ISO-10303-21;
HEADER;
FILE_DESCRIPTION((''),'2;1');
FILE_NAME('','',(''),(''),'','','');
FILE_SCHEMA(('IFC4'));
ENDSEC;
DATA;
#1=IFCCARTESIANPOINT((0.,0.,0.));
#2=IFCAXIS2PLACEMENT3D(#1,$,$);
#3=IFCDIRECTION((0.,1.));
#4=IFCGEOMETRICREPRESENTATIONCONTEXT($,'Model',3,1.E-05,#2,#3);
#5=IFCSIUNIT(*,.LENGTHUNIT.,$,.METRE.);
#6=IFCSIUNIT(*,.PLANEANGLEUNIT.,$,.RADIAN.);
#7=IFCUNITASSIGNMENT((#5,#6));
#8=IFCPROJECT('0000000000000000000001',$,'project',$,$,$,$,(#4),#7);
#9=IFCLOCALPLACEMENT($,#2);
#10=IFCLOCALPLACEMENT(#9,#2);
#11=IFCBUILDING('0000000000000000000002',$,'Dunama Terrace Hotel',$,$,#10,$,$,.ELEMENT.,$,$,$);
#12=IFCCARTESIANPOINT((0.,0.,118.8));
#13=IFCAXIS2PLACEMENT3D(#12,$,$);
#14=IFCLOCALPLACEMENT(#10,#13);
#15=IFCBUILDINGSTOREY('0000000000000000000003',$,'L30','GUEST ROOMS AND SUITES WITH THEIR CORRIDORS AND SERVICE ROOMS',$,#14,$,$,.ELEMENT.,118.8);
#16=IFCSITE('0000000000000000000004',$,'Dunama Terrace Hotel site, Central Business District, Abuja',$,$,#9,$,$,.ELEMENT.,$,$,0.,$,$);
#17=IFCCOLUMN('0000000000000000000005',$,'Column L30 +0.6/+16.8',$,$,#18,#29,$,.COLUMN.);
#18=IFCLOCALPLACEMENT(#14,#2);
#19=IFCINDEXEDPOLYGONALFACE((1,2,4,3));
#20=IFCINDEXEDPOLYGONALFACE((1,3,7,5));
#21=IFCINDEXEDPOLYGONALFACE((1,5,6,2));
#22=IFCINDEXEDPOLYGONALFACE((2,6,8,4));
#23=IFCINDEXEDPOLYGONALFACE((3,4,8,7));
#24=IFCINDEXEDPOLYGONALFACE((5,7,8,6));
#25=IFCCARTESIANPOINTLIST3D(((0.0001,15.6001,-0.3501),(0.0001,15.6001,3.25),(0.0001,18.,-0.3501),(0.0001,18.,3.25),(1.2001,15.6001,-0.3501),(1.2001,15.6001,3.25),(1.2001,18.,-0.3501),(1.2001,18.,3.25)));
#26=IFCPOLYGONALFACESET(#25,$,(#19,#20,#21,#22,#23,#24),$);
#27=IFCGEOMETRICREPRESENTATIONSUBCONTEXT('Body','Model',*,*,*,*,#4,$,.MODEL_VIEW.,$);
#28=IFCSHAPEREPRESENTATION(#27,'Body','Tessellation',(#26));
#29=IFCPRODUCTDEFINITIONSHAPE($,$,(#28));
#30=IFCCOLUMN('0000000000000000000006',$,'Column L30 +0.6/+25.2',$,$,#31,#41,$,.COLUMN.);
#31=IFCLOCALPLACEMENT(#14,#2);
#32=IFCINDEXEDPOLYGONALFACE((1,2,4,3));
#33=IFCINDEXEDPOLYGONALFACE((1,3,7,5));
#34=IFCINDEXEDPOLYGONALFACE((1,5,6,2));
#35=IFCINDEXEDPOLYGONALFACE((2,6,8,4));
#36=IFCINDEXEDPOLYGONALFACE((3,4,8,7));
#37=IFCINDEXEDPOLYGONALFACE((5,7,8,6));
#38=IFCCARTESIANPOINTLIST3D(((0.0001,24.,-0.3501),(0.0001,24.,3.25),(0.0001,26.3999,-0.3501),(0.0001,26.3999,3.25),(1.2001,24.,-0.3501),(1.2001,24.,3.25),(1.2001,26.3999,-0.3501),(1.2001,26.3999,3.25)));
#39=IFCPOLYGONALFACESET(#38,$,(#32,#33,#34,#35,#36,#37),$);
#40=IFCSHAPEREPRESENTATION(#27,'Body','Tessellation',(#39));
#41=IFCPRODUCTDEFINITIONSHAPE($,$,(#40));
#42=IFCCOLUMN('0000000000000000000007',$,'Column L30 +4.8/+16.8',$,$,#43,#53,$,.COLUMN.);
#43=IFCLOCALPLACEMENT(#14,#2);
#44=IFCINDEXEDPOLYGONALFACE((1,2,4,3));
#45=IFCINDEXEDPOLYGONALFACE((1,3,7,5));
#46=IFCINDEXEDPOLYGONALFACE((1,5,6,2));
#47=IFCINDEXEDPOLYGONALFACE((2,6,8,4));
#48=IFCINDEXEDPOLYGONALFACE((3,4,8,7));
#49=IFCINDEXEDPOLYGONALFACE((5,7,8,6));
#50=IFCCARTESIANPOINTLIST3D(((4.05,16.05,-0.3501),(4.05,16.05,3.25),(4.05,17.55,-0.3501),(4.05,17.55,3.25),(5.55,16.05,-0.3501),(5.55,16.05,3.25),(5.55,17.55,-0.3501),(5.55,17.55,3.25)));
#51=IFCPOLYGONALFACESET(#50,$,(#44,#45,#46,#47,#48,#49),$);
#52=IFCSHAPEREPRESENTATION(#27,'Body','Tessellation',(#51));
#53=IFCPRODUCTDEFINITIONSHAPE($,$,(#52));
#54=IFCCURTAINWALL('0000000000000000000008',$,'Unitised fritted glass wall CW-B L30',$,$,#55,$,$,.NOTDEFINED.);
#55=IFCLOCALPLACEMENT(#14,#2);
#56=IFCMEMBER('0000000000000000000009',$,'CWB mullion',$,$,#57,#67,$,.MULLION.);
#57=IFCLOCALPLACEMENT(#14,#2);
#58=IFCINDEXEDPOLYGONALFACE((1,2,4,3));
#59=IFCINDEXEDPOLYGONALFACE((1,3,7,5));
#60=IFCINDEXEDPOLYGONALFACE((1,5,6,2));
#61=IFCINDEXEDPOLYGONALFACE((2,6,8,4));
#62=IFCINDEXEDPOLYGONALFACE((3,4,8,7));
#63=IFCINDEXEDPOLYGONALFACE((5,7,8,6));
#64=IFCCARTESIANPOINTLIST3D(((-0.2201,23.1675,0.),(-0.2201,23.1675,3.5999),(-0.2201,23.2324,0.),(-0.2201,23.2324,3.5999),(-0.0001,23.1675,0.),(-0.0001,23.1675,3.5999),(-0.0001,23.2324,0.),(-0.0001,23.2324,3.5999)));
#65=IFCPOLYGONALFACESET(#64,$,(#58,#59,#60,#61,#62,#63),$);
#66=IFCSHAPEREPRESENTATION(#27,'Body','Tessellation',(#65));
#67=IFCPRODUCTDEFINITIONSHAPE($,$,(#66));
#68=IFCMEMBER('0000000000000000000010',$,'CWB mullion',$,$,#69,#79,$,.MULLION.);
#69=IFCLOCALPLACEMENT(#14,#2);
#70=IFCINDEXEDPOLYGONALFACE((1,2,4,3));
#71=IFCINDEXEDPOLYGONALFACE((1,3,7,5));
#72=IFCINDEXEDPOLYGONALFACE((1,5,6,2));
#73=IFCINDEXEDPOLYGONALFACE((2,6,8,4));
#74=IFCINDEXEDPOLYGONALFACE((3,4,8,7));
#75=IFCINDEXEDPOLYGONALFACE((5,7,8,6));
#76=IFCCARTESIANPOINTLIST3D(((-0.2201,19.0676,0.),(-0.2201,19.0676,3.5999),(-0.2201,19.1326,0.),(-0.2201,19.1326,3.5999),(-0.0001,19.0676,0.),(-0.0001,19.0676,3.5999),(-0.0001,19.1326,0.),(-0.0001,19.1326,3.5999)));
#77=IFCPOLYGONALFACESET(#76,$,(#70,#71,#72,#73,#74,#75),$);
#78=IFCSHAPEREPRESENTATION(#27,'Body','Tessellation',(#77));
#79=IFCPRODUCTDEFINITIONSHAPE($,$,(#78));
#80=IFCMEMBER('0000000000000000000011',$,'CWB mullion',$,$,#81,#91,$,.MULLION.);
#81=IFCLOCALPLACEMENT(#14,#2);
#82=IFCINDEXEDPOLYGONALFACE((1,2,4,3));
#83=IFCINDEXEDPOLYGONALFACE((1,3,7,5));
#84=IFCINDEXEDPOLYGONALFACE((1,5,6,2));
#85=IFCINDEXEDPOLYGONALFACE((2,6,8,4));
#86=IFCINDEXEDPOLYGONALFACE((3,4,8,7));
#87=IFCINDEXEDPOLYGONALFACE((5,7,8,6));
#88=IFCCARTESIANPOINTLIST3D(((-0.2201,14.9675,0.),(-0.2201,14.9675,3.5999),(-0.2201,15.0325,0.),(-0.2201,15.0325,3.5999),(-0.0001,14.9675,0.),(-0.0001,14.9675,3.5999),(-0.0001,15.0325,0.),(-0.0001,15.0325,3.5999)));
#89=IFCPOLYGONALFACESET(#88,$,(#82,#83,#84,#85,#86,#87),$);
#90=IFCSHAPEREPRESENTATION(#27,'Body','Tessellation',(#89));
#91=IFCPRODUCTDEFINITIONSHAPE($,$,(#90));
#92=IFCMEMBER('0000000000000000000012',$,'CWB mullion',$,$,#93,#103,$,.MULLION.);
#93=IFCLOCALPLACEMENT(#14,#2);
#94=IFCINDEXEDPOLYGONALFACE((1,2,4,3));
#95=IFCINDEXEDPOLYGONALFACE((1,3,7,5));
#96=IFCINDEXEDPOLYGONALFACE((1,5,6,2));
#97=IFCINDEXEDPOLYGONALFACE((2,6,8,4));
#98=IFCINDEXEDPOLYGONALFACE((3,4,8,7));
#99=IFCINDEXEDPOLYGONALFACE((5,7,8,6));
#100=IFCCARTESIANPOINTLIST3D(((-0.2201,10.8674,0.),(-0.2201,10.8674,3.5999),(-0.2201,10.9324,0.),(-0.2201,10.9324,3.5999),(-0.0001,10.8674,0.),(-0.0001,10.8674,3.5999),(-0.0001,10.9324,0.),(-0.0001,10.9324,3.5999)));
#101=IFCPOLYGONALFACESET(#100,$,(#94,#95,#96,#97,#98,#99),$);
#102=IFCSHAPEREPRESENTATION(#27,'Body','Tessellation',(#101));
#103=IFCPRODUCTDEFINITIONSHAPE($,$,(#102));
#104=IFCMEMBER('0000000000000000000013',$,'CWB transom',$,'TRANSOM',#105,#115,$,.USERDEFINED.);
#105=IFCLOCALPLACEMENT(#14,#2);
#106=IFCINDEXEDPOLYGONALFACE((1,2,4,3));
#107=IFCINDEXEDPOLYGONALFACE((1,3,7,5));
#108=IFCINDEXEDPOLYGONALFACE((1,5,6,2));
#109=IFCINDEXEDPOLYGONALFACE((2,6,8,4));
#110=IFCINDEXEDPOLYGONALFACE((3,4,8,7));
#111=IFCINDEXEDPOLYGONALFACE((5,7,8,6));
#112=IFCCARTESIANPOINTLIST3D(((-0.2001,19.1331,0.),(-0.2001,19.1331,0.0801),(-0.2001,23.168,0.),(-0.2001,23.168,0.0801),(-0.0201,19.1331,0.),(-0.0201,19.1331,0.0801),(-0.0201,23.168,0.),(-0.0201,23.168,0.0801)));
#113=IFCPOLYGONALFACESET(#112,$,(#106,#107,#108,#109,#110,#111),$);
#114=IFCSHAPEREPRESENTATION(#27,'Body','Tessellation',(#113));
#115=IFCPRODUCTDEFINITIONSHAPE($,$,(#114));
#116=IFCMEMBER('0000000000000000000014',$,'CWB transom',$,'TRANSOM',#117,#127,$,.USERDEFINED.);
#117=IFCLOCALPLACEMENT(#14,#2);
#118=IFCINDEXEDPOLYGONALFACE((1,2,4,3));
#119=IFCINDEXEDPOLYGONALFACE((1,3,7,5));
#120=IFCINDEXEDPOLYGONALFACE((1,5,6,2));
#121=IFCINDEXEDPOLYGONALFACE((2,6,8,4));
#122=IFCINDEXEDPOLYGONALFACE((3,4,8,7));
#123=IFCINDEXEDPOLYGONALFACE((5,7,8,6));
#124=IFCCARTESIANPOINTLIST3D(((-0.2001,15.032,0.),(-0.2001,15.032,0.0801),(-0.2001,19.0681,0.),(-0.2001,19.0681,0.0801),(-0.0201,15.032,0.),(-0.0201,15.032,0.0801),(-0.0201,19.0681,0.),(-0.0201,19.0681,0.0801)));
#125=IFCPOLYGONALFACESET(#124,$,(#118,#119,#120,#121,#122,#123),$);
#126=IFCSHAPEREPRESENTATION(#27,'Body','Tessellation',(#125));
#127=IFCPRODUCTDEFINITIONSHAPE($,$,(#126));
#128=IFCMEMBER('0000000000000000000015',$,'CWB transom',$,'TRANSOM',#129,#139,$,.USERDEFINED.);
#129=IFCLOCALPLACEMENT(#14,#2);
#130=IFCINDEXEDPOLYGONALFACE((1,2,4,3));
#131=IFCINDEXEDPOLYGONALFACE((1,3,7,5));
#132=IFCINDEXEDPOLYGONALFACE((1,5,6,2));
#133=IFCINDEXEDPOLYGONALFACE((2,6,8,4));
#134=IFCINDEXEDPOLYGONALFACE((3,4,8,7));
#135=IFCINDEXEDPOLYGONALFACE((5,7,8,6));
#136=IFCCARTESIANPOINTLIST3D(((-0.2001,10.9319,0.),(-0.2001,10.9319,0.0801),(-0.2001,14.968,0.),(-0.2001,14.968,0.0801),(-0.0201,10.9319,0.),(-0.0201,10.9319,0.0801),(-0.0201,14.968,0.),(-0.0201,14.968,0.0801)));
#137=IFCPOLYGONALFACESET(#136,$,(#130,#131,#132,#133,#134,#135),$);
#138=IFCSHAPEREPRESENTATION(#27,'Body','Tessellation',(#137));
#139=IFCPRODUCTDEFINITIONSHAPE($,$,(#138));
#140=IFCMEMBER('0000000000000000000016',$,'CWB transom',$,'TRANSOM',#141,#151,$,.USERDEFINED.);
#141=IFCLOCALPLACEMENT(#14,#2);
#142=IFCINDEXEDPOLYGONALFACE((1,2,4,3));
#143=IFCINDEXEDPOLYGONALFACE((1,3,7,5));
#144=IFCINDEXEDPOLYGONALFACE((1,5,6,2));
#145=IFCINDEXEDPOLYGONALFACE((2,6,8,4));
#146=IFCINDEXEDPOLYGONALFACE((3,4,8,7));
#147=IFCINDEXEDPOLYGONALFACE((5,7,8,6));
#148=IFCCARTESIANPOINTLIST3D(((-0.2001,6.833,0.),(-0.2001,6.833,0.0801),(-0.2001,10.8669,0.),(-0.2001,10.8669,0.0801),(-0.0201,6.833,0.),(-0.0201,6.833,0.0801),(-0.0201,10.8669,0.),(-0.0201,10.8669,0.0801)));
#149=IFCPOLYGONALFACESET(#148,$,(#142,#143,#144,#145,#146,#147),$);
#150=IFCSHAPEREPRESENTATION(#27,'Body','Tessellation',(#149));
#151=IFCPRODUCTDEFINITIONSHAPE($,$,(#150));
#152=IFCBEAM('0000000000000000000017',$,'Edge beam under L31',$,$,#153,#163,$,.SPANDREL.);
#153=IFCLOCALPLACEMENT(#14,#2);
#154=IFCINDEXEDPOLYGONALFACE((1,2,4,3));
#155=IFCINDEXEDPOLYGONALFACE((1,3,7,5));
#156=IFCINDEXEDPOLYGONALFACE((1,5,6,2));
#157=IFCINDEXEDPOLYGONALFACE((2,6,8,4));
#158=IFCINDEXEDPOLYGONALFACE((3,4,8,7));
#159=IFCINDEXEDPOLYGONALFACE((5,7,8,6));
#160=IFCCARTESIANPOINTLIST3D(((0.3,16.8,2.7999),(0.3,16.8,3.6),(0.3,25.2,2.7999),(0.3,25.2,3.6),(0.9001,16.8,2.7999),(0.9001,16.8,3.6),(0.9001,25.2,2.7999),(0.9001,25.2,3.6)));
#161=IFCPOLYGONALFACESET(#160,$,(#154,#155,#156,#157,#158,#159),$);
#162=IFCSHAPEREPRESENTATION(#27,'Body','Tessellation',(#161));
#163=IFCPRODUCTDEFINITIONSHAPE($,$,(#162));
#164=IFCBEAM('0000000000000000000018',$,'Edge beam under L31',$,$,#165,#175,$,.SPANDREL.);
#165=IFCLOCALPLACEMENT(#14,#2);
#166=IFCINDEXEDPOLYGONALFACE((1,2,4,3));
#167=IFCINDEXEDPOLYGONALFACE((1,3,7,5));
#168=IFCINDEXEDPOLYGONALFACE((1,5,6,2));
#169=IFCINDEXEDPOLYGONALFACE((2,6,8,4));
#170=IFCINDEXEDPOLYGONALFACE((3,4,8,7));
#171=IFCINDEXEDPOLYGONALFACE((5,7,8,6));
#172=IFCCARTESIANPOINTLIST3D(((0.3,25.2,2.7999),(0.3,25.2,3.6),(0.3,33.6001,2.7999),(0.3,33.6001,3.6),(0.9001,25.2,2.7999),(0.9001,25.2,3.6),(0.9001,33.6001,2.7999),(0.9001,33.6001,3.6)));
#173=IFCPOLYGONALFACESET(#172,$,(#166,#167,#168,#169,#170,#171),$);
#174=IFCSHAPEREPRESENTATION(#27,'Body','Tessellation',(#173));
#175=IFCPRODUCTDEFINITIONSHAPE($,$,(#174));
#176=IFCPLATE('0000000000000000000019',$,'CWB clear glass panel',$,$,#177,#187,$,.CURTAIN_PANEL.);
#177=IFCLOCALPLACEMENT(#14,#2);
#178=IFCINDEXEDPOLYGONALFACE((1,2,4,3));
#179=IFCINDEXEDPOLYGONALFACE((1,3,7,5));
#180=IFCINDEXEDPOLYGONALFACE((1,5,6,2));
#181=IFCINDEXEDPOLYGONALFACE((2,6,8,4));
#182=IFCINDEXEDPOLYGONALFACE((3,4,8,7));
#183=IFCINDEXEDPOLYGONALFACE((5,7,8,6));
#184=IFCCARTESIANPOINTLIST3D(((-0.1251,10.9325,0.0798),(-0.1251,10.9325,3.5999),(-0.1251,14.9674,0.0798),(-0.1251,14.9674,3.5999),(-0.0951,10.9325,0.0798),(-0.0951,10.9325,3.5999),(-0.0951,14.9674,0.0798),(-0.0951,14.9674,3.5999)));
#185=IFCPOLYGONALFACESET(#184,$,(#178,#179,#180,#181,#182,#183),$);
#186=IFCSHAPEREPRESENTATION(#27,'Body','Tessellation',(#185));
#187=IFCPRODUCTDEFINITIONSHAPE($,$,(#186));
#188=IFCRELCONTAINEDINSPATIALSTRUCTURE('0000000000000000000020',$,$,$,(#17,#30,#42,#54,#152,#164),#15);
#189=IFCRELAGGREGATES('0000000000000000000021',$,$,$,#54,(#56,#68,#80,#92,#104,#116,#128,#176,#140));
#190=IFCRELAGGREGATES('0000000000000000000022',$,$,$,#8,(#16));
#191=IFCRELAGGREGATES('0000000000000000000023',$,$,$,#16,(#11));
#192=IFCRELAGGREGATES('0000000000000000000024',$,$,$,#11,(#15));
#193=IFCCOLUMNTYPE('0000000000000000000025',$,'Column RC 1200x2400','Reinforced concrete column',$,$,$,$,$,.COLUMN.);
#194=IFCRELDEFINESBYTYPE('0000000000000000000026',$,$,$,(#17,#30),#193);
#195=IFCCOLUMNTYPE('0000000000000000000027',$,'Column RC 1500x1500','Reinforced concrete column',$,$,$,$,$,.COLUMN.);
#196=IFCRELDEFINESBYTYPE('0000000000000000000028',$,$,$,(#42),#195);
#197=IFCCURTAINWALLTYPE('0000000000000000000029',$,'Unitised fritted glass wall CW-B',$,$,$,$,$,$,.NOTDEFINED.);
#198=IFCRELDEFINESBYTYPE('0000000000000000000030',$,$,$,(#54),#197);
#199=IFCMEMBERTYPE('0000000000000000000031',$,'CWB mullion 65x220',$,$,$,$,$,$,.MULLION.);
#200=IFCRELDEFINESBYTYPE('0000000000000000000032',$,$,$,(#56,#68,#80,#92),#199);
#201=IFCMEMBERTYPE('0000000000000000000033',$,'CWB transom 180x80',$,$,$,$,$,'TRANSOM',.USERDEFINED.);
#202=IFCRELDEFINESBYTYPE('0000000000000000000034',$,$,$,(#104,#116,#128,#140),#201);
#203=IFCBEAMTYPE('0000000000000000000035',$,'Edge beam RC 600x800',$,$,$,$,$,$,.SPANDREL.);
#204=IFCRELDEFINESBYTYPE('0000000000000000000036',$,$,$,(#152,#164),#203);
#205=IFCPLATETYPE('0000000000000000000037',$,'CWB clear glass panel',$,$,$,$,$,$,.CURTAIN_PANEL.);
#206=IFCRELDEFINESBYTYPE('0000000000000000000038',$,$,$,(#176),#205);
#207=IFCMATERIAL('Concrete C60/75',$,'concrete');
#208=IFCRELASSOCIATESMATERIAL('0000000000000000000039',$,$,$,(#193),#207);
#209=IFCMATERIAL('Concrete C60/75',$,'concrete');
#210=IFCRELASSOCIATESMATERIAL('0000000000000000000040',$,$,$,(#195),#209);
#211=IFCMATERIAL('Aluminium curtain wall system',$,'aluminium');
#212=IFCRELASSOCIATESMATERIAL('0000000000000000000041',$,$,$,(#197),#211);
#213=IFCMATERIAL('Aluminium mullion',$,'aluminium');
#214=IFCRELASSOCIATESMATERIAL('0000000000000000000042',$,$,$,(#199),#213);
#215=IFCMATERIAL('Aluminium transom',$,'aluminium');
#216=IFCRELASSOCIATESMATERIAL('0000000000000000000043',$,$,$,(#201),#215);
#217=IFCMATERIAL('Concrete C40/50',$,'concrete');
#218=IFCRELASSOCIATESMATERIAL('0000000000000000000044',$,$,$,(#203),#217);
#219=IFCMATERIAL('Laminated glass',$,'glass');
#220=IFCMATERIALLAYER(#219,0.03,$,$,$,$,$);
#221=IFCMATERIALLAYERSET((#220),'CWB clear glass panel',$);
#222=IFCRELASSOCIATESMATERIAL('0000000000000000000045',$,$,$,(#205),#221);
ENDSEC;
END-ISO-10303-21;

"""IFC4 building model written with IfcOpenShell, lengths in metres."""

from ifc_helpers import new_model, si_unit, direction, frame, origin, origin_2d, place, context, subcontext, project, spatial, rectangle, extrude, material, layer, layer_set, material_profile, profile_set, type_object, element, aggregate, save


model = new_model("IFC4")

# Units and contexts
model_context = context("Model", 3, precision=1e-05, world=origin(), true_north=direction((0.0, 1.0)))
body_context = subcontext(model_context, "Body", "Model", "MODEL_VIEW")
ifc_project = project(units=[si_unit("LENGTHUNIT", "METRE"), si_unit("PLANEANGLEUNIT", "RADIAN")], contexts=[model_context])

# Site, building, storey
site_placement = place(None, origin())
site = spatial("IfcSite", under=ifc_project, at=site_placement, Name="Dunama Terrace Hotel site, Central Business District, Abuja", CompositionType="ELEMENT", RefElevation=0.0)
building_placement = place(site_placement, origin())
building = spatial("IfcBuilding", under=site, at=building_placement, Name="Dunama Terrace Hotel", CompositionType="ELEMENT")
storey_placement = place(building_placement, frame((0.0, 0.0, 118.8)))
storey = spatial("IfcBuildingStorey", under=building, at=storey_placement, Name="L30", Description="GUEST ROOMS AND SUITES WITH THEIR CORRIDORS AND SERVICE ROOMS", CompositionType="ELEMENT", Elevation=118.8)

# Columns
ifc_material_1 = material(Name="Concrete C60/75", Category="concrete")
ifc_material_profile_1 = material_profile(ifc_material_1, rectangle(XDim=1.2, YDim=2.3999, at=origin_2d()), Name="RC 1200x2400")
ifc_profile_set_1 = profile_set([ifc_material_profile_1], Name="Concrete C60/75")
column_type_1 = type_object("IfcColumnType", Name="Column RC 1200x2400", Description="Reinforced concrete column", PredefinedType="COLUMN", material=ifc_profile_set_1)
for number, where, z_axis, x_axis, name in (
    (1, (0.6001, 16.8, -0.3501), (0.0, 0.0, 1.0), (1.0, 0.0, 0.0), "Column L30 +0.6/+16.8"),
    (2, (0.6001, 25.2, -0.3501), (0.0, 0.0, 1.0), (1.0, 0.0, 0.0), "Column L30 +0.6/+25.2"),
):
    element("IfcColumn", number, at=place(storey_placement, frame(where, z_axis=z_axis, x_axis=x_axis)), inside=storey, type_object=column_type_1, Name=name, PredefinedType="COLUMN", context=body_context, shape_type="SweptSolid", body=[
        extrude(rectangle(XDim=1.2, YDim=2.3999, at=origin_2d()), origin(), (0.0, 0.0, 1.0), 3.6001),
    ])
ifc_material_2 = material(Name="Concrete C60/75", Category="concrete")
ifc_material_profile_2 = material_profile(ifc_material_2, rectangle(XDim=1.5, YDim=1.5, at=origin_2d()), Name="RC 1500x1500")
ifc_profile_set_2 = profile_set([ifc_material_profile_2], Name="Concrete C60/75")
column_type_2 = type_object("IfcColumnType", Name="Column RC 1500x1500", Description="Reinforced concrete column", PredefinedType="COLUMN", material=ifc_profile_set_2)
column_placement = place(storey_placement, frame((4.8, 16.8, -0.3501), z_axis=(0.0, 0.0, 1.0), x_axis=(1.0, 0.0, 0.0)))
element("IfcColumn", 3, at=column_placement, inside=storey, type_object=column_type_2, Name="Column L30 +4.8/+16.8", PredefinedType="COLUMN", context=body_context, shape_type="SweptSolid", body=[
    extrude(rectangle(XDim=1.5, YDim=1.5, at=origin_2d()), origin(), (0.0, 0.0, 1.0), 3.6001),
])

# Curtain wall, members
ifc_material_3 = material(Name="Aluminium curtain wall system", Category="aluminium")
curtain_wall_type = type_object("IfcCurtainWallType", Name="Unitised fritted glass wall CW-B", PredefinedType="NOTDEFINED", material=ifc_material_3)
curtain_wall_placement = place(storey_placement, origin())
curtain_wall = element("IfcCurtainWall", 4, at=curtain_wall_placement, inside=storey, type_object=curtain_wall_type, Name="Unitised fritted glass wall CW-B L30", PredefinedType="NOTDEFINED")
ifc_material_4 = material(Name="Aluminium mullion", Category="aluminium")
ifc_material_profile_3 = material_profile(ifc_material_4, rectangle(XDim=0.0649, YDim=0.22, at=origin_2d()), Name="CWB MULLION 65X220")
ifc_profile_set_3 = profile_set([ifc_material_profile_3], Name="Aluminium mullion")
member_type_1 = type_object("IfcMemberType", Name="CWB mullion 65x220", PredefinedType="MULLION", material=ifc_profile_set_3)
member_1_placement = place(storey_placement, frame((-0.1101, 23.2, 0.0), z_axis=(0.0, 0.0, 1.0), x_axis=(0.0, -1.0, 0.0)))
member_1 = element("IfcMember", 5, at=member_1_placement, type_object=member_type_1, Name="CWB mullion", PredefinedType="MULLION", context=body_context, shape_type="SweptSolid", body=[
    extrude(rectangle(XDim=0.0649, YDim=0.22, at=origin_2d()), origin(), (0.0, 0.0, 1.0), 3.5999),
])
member_2_placement = place(storey_placement, frame((-0.1101, 19.1001, 0.0), z_axis=(0.0, 0.0, 1.0), x_axis=(0.0, -1.0, 0.0)))
member_2 = element("IfcMember", 6, at=member_2_placement, type_object=member_type_1, Name="CWB mullion", PredefinedType="MULLION", context=body_context, shape_type="SweptSolid", body=[
    extrude(rectangle(XDim=0.0649, YDim=0.22, at=origin_2d()), origin(), (0.0, 0.0, 1.0), 3.5999),
])
member_3_placement = place(storey_placement, frame((-0.1101, 15.0, 0.0), z_axis=(0.0, 0.0, 1.0), x_axis=(0.0, -1.0, 0.0)))
member_3 = element("IfcMember", 7, at=member_3_placement, type_object=member_type_1, Name="CWB mullion", PredefinedType="MULLION", context=body_context, shape_type="SweptSolid", body=[
    extrude(rectangle(XDim=0.0649, YDim=0.22, at=origin_2d()), origin(), (0.0, 0.0, 1.0), 3.5999),
])
member_4_placement = place(storey_placement, frame((-0.1101, 10.8999, 0.0), z_axis=(0.0, 0.0, 1.0), x_axis=(0.0, -1.0, 0.0)))
member_4 = element("IfcMember", 8, at=member_4_placement, type_object=member_type_1, Name="CWB mullion", PredefinedType="MULLION", context=body_context, shape_type="SweptSolid", body=[
    extrude(rectangle(XDim=0.0649, YDim=0.22, at=origin_2d()), origin(), (0.0, 0.0, 1.0), 3.5999),
])
ifc_material_5 = material(Name="Aluminium transom", Category="aluminium")
ifc_material_profile_4 = material_profile(ifc_material_5, rectangle(XDim=0.1799, YDim=0.0801, at=origin_2d()), Name="CWB TRANSOM 180X80")
ifc_profile_set_4 = profile_set([ifc_material_profile_4], Name="Aluminium transom")
member_type_2 = type_object("IfcMemberType", Name="CWB transom 180x80", ElementType="TRANSOM", PredefinedType="USERDEFINED", material=ifc_profile_set_4)
member_5_placement = place(storey_placement, frame((-0.1101, 23.168, 0.04), z_axis=(0.0, -1.0, 0.0), x_axis=(1.0, 0.0, 0.0)))
member_5 = element("IfcMember", 9, at=member_5_placement, type_object=member_type_2, Name="CWB transom", ObjectType="TRANSOM", PredefinedType="USERDEFINED", context=body_context, shape_type="SweptSolid", body=[
    extrude(rectangle(XDim=0.1799, YDim=0.0801, at=origin_2d()), origin(), (0.0, 0.0, 1.0), 4.0349),
])
member_6_placement = place(storey_placement, frame((-0.1101, 19.0681, 0.04), z_axis=(0.0, -1.0, 0.0), x_axis=(1.0, 0.0, 0.0)))
member_6 = element("IfcMember", 10, at=member_6_placement, type_object=member_type_2, Name="CWB transom", ObjectType="TRANSOM", PredefinedType="USERDEFINED", context=body_context, shape_type="SweptSolid", body=[
    extrude(rectangle(XDim=0.1799, YDim=0.0801, at=origin_2d()), origin(), (0.0, 0.0, 1.0), 4.0361),
])
member_7_placement = place(storey_placement, frame((-0.1101, 14.968, 0.04), z_axis=(0.0, -1.0, 0.0), x_axis=(1.0, 0.0, 0.0)))
member_7 = element("IfcMember", 11, at=member_7_placement, type_object=member_type_2, Name="CWB transom", ObjectType="TRANSOM", PredefinedType="USERDEFINED", context=body_context, shape_type="SweptSolid", body=[
    extrude(rectangle(XDim=0.1799, YDim=0.0801, at=origin_2d()), origin(), (0.0, 0.0, 1.0), 4.0361),
])
member_8_placement = place(storey_placement, frame((-0.1101, 10.8669, 0.04), z_axis=(0.0, -1.0, 0.0), x_axis=(1.0, 0.0, 0.0)))
member_8 = element("IfcMember", 12, at=member_8_placement, type_object=member_type_2, Name="CWB transom", ObjectType="TRANSOM", PredefinedType="USERDEFINED", context=body_context, shape_type="SweptSolid", body=[
    extrude(rectangle(XDim=0.1799, YDim=0.0801, at=origin_2d()), origin(), (0.0, 0.0, 1.0), 4.0339),
])

# Beams
ifc_material_6 = material(Name="Concrete C40/50", Category="concrete")
ifc_material_profile_5 = material_profile(ifc_material_6, rectangle(XDim=0.6001, YDim=0.8, at=origin_2d()), Name="RC 600x800")
ifc_profile_set_5 = profile_set([ifc_material_profile_5], Name="Concrete C40/50")
beam_type = type_object("IfcBeamType", Name="Edge beam RC 600x800", PredefinedType="SPANDREL", material=ifc_profile_set_5)
beam_1_placement = place(storey_placement, frame((0.6001, 16.8, 3.2), z_axis=(0.0, 1.0, 0.0), x_axis=(-1.0, 0.0, 0.0)))
element("IfcBeam", 13, at=beam_1_placement, inside=storey, type_object=beam_type, Name="Edge beam under L31", PredefinedType="SPANDREL", context=body_context, shape_type="SweptSolid", body=[
    extrude(rectangle(XDim=0.6001, YDim=0.8, at=origin_2d()), origin(), (0.0, 0.0, 1.0), 8.3999),
])
beam_2_placement = place(storey_placement, frame((0.6001, 25.2, 3.2), z_axis=(0.0, 1.0, 0.0), x_axis=(-1.0, 0.0, 0.0)))
element("IfcBeam", 14, at=beam_2_placement, inside=storey, type_object=beam_type, Name="Edge beam under L31", PredefinedType="SPANDREL", context=body_context, shape_type="SweptSolid", body=[
    extrude(rectangle(XDim=0.6001, YDim=0.8, at=origin_2d()), origin(), (0.0, 0.0, 1.0), 8.4001),
])

# Plate
ifc_material_7 = material(Name="Laminated glass", Category="glass")
ifc_layer_1 = layer(ifc_material_7, 0.03)
ifc_layer_set_1 = layer_set([ifc_layer_1], Name="CWB clear glass panel")
plate_type_1 = type_object("IfcPlateType", Name="CWB clear glass panel", PredefinedType="CURTAIN_PANEL", material=ifc_layer_set_1)
plate_1_placement = place(storey_placement, frame((-0.1101, 12.95, 0.0798), z_axis=(0.0, 0.0, 1.0), x_axis=(0.0, -1.0, 0.0)))
plate_1 = element("IfcPlate", 15, at=plate_1_placement, type_object=plate_type_1, Name="CWB clear glass panel", PredefinedType="CURTAIN_PANEL", context=body_context, shape_type="SweptSolid", body=[
    extrude(rectangle(XDim=4.0349, YDim=0.03, at=origin_2d()), origin(), (0.0, 0.0, 1.0), 3.52),
])
aggregate(curtain_wall, [member_1, member_2, member_3, member_4, member_5, member_6, member_7, plate_1, member_8])

save(model, "model.ifc")
